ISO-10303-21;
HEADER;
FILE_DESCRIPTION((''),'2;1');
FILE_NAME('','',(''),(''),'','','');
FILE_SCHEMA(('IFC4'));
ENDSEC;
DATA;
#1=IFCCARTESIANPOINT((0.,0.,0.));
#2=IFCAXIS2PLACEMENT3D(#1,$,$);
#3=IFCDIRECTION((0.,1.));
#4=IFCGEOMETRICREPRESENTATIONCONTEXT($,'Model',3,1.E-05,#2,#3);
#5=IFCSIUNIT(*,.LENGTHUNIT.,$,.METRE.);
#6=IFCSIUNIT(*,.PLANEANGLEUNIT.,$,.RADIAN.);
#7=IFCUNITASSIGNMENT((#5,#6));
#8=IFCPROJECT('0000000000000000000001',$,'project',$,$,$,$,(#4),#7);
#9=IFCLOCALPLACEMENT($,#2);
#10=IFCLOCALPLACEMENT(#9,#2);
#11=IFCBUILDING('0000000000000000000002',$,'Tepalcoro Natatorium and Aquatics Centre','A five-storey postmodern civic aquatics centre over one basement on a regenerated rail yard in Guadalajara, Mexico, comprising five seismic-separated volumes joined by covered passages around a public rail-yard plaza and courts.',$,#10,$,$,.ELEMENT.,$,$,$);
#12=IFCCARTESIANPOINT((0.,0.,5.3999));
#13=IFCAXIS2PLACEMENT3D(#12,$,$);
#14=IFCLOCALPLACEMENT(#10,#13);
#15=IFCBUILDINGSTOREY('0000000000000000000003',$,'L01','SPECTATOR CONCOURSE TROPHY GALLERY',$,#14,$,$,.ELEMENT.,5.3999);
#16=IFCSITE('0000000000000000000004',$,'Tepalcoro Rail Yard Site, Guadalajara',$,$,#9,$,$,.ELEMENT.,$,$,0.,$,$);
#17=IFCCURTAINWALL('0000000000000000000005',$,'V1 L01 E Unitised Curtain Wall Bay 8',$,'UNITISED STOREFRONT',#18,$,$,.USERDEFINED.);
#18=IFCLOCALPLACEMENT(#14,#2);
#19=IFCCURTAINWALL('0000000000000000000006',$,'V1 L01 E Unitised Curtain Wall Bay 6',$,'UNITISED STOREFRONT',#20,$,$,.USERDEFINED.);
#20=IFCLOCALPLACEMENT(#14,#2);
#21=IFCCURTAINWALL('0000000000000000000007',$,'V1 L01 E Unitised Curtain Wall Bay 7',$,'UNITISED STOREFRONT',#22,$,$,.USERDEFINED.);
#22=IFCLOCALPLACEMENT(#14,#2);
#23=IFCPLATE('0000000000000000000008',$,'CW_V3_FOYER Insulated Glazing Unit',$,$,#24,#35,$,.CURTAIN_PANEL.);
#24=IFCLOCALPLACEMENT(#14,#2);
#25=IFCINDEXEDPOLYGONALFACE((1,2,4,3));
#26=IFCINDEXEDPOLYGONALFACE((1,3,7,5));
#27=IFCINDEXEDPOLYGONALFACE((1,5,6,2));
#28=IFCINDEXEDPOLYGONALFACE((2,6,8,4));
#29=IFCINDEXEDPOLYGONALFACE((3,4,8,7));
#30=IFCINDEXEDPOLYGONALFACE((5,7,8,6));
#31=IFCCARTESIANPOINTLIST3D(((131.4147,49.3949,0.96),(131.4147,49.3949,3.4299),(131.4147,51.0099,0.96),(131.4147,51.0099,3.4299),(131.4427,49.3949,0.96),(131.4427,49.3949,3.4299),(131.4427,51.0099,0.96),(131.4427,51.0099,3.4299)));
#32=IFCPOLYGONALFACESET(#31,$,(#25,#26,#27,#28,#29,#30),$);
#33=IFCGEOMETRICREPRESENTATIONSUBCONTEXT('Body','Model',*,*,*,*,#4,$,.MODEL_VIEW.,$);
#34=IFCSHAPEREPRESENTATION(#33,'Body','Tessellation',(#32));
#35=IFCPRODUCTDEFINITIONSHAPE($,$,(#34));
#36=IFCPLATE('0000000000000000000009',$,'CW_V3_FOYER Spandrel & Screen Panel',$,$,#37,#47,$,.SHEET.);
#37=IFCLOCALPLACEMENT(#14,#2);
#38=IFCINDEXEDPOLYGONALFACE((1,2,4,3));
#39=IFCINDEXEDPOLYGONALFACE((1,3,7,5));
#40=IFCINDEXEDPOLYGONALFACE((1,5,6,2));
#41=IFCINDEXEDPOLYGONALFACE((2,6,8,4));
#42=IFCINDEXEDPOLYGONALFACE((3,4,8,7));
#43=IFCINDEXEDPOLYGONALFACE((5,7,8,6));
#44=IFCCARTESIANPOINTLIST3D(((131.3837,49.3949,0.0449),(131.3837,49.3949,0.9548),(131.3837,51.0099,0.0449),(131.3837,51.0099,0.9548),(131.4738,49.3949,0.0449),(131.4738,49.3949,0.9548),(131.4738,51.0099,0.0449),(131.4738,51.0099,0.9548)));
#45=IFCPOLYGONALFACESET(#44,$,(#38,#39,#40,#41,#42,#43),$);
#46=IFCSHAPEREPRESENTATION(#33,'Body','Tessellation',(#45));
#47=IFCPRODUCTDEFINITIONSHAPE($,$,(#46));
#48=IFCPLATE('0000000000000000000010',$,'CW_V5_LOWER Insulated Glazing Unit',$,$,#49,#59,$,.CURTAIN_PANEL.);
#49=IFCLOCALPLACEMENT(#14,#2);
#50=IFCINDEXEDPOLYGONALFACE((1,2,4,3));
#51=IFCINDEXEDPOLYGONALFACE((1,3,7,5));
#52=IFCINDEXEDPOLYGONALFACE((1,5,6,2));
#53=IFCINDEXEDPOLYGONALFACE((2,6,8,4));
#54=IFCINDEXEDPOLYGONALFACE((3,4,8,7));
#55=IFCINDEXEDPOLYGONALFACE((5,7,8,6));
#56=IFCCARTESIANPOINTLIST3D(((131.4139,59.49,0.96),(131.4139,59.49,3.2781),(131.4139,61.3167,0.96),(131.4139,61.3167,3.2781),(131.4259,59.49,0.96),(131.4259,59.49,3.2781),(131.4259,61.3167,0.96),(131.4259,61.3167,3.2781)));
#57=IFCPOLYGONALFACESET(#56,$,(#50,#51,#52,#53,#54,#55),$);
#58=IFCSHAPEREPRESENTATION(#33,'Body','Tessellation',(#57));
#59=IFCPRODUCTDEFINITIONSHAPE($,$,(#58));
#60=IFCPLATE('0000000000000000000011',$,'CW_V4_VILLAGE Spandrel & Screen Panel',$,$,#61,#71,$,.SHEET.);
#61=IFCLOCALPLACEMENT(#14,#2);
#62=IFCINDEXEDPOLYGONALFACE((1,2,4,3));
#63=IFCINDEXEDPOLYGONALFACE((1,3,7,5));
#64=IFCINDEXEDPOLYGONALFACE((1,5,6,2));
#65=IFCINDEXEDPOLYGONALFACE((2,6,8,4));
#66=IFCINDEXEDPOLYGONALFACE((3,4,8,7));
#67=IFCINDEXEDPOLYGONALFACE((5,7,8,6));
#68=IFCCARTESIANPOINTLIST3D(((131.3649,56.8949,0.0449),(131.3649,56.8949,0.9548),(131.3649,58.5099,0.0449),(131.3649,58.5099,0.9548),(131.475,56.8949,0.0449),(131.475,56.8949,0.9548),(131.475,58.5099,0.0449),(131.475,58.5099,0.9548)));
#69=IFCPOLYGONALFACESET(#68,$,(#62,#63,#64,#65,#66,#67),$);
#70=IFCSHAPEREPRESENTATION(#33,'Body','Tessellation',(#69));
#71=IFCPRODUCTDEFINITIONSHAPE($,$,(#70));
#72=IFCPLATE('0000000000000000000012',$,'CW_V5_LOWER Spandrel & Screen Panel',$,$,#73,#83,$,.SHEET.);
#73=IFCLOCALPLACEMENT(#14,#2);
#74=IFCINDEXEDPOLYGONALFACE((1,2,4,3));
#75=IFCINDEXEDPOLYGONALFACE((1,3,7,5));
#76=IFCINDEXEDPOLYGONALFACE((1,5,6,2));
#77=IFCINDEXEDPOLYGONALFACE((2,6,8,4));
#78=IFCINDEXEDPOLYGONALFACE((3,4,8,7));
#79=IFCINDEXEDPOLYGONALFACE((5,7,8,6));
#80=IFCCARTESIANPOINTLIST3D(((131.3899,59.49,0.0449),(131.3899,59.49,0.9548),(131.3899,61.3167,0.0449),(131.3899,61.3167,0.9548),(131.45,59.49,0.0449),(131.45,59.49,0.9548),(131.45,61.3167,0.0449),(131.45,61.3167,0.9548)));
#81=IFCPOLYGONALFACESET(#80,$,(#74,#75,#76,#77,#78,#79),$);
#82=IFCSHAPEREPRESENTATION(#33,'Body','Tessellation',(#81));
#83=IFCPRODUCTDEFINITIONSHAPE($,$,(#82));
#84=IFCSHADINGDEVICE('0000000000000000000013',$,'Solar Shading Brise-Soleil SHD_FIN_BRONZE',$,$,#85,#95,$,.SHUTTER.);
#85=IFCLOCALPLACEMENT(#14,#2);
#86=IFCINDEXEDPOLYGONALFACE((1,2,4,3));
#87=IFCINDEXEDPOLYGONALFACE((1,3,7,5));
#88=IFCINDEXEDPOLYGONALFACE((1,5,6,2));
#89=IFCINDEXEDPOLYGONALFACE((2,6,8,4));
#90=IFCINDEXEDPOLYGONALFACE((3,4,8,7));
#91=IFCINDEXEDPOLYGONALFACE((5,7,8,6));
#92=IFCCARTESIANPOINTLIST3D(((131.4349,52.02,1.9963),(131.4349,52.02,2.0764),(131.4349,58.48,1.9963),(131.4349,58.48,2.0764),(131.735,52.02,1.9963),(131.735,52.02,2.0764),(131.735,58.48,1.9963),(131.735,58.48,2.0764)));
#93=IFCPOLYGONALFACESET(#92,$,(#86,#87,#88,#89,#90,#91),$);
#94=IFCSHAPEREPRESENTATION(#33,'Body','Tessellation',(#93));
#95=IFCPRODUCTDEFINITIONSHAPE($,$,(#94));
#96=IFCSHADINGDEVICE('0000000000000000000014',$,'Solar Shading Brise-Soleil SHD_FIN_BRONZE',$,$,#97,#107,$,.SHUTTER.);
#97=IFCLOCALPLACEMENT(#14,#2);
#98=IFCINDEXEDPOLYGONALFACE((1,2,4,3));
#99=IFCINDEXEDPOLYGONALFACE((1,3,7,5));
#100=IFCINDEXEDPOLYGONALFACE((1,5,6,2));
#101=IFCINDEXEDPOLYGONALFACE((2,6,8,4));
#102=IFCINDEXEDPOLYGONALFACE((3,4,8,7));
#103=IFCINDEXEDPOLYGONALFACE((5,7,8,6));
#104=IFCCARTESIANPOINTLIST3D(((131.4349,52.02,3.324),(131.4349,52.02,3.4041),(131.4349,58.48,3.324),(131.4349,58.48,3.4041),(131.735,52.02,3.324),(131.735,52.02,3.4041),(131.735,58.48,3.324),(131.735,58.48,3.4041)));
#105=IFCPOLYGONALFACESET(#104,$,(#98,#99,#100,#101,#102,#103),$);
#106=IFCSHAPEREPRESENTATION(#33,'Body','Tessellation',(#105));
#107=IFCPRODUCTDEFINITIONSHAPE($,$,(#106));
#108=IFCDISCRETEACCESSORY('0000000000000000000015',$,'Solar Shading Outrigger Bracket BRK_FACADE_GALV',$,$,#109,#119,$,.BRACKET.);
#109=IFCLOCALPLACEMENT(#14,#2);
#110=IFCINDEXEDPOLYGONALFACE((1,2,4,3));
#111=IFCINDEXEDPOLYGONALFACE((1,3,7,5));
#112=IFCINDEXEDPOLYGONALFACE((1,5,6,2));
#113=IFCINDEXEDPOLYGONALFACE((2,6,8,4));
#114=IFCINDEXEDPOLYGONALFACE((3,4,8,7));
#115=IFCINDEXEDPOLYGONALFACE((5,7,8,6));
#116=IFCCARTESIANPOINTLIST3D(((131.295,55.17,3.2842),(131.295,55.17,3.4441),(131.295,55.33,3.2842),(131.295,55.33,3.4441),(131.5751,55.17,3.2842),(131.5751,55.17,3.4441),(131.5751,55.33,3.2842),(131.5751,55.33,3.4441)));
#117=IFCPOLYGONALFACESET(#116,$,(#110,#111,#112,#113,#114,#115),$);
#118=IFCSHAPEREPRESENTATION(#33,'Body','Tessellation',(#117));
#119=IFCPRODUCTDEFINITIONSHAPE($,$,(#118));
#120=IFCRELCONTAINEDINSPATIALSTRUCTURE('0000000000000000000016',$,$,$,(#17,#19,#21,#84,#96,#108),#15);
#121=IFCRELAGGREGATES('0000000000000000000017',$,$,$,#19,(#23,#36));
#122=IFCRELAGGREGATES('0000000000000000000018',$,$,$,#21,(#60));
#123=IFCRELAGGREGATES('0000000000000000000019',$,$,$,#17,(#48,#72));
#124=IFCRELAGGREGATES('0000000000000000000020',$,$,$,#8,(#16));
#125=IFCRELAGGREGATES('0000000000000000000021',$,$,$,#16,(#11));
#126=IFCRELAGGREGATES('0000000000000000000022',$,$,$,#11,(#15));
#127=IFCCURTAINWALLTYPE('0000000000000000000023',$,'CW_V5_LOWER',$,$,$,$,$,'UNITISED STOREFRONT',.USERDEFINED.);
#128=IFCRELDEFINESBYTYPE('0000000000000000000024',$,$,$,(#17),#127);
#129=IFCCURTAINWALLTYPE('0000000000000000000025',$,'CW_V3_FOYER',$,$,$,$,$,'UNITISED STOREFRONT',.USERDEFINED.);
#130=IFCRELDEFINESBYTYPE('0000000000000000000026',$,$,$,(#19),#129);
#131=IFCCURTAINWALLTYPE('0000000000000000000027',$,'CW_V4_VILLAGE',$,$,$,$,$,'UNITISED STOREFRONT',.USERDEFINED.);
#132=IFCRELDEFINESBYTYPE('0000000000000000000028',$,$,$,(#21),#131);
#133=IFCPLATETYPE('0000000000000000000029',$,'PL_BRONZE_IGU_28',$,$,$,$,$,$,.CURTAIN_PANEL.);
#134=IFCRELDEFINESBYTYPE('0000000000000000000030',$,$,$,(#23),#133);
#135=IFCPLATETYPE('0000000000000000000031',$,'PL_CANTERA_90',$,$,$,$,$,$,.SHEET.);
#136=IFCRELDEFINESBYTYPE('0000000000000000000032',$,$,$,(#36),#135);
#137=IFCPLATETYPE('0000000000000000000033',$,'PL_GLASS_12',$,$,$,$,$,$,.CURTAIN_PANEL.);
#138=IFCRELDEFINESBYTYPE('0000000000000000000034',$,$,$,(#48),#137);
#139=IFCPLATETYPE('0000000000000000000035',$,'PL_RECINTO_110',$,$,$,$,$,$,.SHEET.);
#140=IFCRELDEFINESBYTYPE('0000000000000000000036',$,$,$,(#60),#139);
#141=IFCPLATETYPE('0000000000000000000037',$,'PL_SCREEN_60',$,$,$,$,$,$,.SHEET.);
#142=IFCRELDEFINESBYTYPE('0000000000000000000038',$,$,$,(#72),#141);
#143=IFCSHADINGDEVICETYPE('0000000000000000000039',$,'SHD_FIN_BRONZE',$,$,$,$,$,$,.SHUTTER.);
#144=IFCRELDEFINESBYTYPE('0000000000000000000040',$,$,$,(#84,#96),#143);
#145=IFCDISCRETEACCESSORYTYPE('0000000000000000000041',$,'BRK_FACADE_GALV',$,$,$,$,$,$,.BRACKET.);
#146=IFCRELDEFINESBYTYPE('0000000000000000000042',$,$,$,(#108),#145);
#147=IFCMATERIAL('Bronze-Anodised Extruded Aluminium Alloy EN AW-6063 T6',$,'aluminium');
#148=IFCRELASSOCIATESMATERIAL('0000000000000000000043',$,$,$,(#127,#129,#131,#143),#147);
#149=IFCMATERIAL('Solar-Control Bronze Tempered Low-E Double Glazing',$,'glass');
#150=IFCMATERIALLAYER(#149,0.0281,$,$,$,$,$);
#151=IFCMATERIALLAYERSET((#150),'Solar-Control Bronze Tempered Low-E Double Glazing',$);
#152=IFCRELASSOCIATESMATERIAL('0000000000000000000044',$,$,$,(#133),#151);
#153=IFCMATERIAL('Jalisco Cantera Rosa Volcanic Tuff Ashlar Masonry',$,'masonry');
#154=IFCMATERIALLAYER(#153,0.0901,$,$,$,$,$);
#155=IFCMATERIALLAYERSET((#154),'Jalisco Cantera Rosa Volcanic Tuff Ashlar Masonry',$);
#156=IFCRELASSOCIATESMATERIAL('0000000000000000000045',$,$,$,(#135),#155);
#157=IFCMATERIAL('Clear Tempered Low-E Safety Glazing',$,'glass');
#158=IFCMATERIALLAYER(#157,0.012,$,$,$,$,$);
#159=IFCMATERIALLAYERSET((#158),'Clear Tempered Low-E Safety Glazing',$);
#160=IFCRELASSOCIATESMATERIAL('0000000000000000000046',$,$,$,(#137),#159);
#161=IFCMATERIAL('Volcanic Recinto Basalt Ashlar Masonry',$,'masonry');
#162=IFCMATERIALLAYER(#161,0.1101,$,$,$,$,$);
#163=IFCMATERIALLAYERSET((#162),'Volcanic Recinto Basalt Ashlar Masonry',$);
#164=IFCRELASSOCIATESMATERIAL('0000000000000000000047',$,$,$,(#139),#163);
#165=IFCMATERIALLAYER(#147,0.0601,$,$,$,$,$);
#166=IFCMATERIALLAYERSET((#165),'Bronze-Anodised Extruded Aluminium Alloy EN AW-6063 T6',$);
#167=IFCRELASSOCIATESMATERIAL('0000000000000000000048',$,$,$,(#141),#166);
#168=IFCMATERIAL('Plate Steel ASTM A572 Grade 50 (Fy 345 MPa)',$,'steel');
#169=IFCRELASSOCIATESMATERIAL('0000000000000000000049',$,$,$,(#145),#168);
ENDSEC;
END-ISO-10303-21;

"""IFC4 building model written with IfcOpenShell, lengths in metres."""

from ifc_helpers import new_model, si_unit, direction, frame, origin, origin_2d, place, context, subcontext, project, spatial, rectangle, extrude, material, layer, layer_set, type_object, element, aggregate, save


model = new_model("IFC4")

# Units and contexts
model_context = context("Model", 3, precision=1e-05, world=origin(), true_north=direction((0.0, 1.0)))
body_context = subcontext(model_context, "Body", "Model", "MODEL_VIEW")
ifc_project = project(units=[si_unit("LENGTHUNIT", "METRE"), si_unit("PLANEANGLEUNIT", "RADIAN")], contexts=[model_context])

# Site, building, storey
site_placement = place(None, origin())
site = spatial("IfcSite", under=ifc_project, at=site_placement, Name="Tepalcoro Rail Yard Site, Guadalajara", CompositionType="ELEMENT", RefElevation=0.0)
building_placement = place(site_placement, origin())
building = spatial("IfcBuilding", under=site, at=building_placement, Name="Tepalcoro Natatorium and Aquatics Centre", Description="A five-storey postmodern civic aquatics centre over one basement on a regenerated rail yard in Guadalajara, Mexico, comprising five seismic-separated volumes joined by covered passages around a public rail-yard plaza and courts.", CompositionType="ELEMENT")
storey_placement = place(building_placement, frame((0.0, 0.0, 5.3999)))
storey = spatial("IfcBuildingStorey", under=building, at=storey_placement, Name="L01", Description="SPECTATOR CONCOURSE TROPHY GALLERY", CompositionType="ELEMENT", Elevation=5.3999)

# Curtain walls
ifc_material_1 = material(Name="Bronze-Anodised Extruded Aluminium Alloy EN AW-6063 T6", Category="aluminium")
curtain_wall_type_1 = type_object("IfcCurtainWallType", Name="CW_V5_LOWER", ElementType="UNITISED STOREFRONT", PredefinedType="USERDEFINED", material=ifc_material_1)
curtain_wall_1_placement = place(storey_placement, origin())
curtain_wall_1 = element("IfcCurtainWall", 1, at=curtain_wall_1_placement, inside=storey, type_object=curtain_wall_type_1, Name="V1 L01 E Unitised Curtain Wall Bay 8", ObjectType="UNITISED STOREFRONT", PredefinedType="USERDEFINED")
curtain_wall_type_2 = type_object("IfcCurtainWallType", Name="CW_V3_FOYER", ElementType="UNITISED STOREFRONT", PredefinedType="USERDEFINED", material=ifc_material_1)
curtain_wall_2_placement = place(storey_placement, origin())
curtain_wall_2 = element("IfcCurtainWall", 2, at=curtain_wall_2_placement, inside=storey, type_object=curtain_wall_type_2, Name="V1 L01 E Unitised Curtain Wall Bay 6", ObjectType="UNITISED STOREFRONT", PredefinedType="USERDEFINED")

# Curtain wall
curtain_wall_type_3 = type_object("IfcCurtainWallType", Name="CW_V4_VILLAGE", ElementType="UNITISED STOREFRONT", PredefinedType="USERDEFINED", material=ifc_material_1)
curtain_wall_3_placement = place(storey_placement, origin())
curtain_wall_3 = element("IfcCurtainWall", 3, at=curtain_wall_3_placement, inside=storey, type_object=curtain_wall_type_3, Name="V1 L01 E Unitised Curtain Wall Bay 7", ObjectType="UNITISED STOREFRONT", PredefinedType="USERDEFINED")

# Plates
ifc_material_2 = material(Name="Solar-Control Bronze Tempered Low-E Double Glazing", Category="glass")
ifc_layer_1 = layer(ifc_material_2, 0.0281)
ifc_layer_set_1 = layer_set([ifc_layer_1], Name="Solar-Control Bronze Tempered Low-E Double Glazing")
plate_type_1 = type_object("IfcPlateType", Name="PL_BRONZE_IGU_28", PredefinedType="CURTAIN_PANEL", material=ifc_layer_set_1)
plate_1_placement = place(storey_placement, frame((131.4287, 50.2024, 0.96), z_axis=(0.0, 0.0, 1.0), x_axis=(1.0, 0.0, 0.0)))
plate_1 = element("IfcPlate", 4, at=plate_1_placement, type_object=plate_type_1, Name="CW_V3_FOYER Insulated Glazing Unit", PredefinedType="CURTAIN_PANEL", context=body_context, shape_type="SweptSolid", body=[
    extrude(rectangle(XDim=0.0281, YDim=1.615, at=origin_2d()), origin(), (0.0, 0.0, 1.0), 2.47),
])
ifc_material_3 = material(Name="Jalisco Cantera Rosa Volcanic Tuff Ashlar Masonry", Category="masonry")
ifc_layer_2 = layer(ifc_material_3, 0.0901)
ifc_layer_set_2 = layer_set([ifc_layer_2], Name="Jalisco Cantera Rosa Volcanic Tuff Ashlar Masonry")
plate_type_2 = type_object("IfcPlateType", Name="PL_CANTERA_90", PredefinedType="SHEET", material=ifc_layer_set_2)
plate_2_placement = place(storey_placement, frame((131.4287, 50.2024, 0.0449), z_axis=(0.0, 0.0, 1.0), x_axis=(1.0, 0.0, 0.0)))
plate_2 = element("IfcPlate", 5, at=plate_2_placement, type_object=plate_type_2, Name="CW_V3_FOYER Spandrel & Screen Panel", PredefinedType="SHEET", context=body_context, shape_type="SweptSolid", body=[
    extrude(rectangle(XDim=0.0901, YDim=1.615, at=origin_2d()), origin(), (0.0, 0.0, 1.0), 0.9099),
])
aggregate(curtain_wall_2, [plate_1, plate_2])
ifc_material_4 = material(Name="Clear Tempered Low-E Safety Glazing", Category="glass")
ifc_layer_3 = layer(ifc_material_4, 0.012)
ifc_layer_set_3 = layer_set([ifc_layer_3], Name="Clear Tempered Low-E Safety Glazing")
plate_type_3 = type_object("IfcPlateType", Name="PL_GLASS_12", PredefinedType="CURTAIN_PANEL", material=ifc_layer_set_3)
plate_3_placement = place(storey_placement, frame((131.4199, 60.4033, 0.96), z_axis=(0.0, 0.0, 1.0), x_axis=(1.0, 0.0, 0.0)))
plate_3 = element("IfcPlate", 6, at=plate_3_placement, type_object=plate_type_3, Name="CW_V5_LOWER Insulated Glazing Unit", PredefinedType="CURTAIN_PANEL", context=body_context, shape_type="SweptSolid", body=[
    extrude(rectangle(XDim=0.012, YDim=1.8267, at=origin_2d()), origin(), (0.0, 0.0, 1.0), 2.3181),
])
ifc_material_5 = material(Name="Volcanic Recinto Basalt Ashlar Masonry", Category="masonry")
ifc_layer_4 = layer(ifc_material_5, 0.1101)
ifc_layer_set_4 = layer_set([ifc_layer_4], Name="Volcanic Recinto Basalt Ashlar Masonry")
plate_type_4 = type_object("IfcPlateType", Name="PL_RECINTO_110", PredefinedType="SHEET", material=ifc_layer_set_4)
plate_4_placement = place(storey_placement, frame((131.4199, 57.7024, 0.0449), z_axis=(0.0, 0.0, 1.0), x_axis=(1.0, 0.0, 0.0)))
plate_4 = element("IfcPlate", 7, at=plate_4_placement, type_object=plate_type_4, Name="CW_V4_VILLAGE Spandrel & Screen Panel", PredefinedType="SHEET", context=body_context, shape_type="SweptSolid", body=[
    extrude(rectangle(XDim=0.1101, YDim=1.615, at=origin_2d()), origin(), (0.0, 0.0, 1.0), 0.9099),
])
aggregate(curtain_wall_3, [plate_4])
ifc_layer_5 = layer(ifc_material_1, 0.0601)
ifc_layer_set_5 = layer_set([ifc_layer_5], Name="Bronze-Anodised Extruded Aluminium Alloy EN AW-6063 T6")
plate_type_5 = type_object("IfcPlateType", Name="PL_SCREEN_60", PredefinedType="SHEET", material=ifc_layer_set_5)
plate_5_placement = place(storey_placement, frame((131.4199, 60.4033, 0.0449), z_axis=(0.0, 0.0, 1.0), x_axis=(1.0, 0.0, 0.0)))
plate_5 = element("IfcPlate", 8, at=plate_5_placement, type_object=plate_type_5, Name="CW_V5_LOWER Spandrel & Screen Panel", PredefinedType="SHEET", context=body_context, shape_type="SweptSolid", body=[
    extrude(rectangle(XDim=0.0601, YDim=1.8267, at=origin_2d()), origin(), (0.0, 0.0, 1.0), 0.9099),
])
aggregate(curtain_wall_1, [plate_3, plate_5])

# Shading devices
shading_device_type = type_object("IfcShadingDeviceType", Name="SHD_FIN_BRONZE", PredefinedType="SHUTTER", material=ifc_material_1)
for number, where, z_axis, x_axis, name in (
    (9, (131.585, 55.25, 1.9963), (0.0, 0.0, 1.0), (1.0, 0.0, 0.0), "Solar Shading Brise-Soleil SHD_FIN_BRONZE"),
    (10, (131.585, 55.25, 3.324), (0.0, 0.0, 1.0), (1.0, 0.0, 0.0), "Solar Shading Brise-Soleil SHD_FIN_BRONZE"),
):
    element("IfcShadingDevice", number, at=place(storey_placement, frame(where, z_axis=z_axis, x_axis=x_axis)), inside=storey, type_object=shading_device_type, Name=name, PredefinedType="SHUTTER", context=body_context, shape_type="SweptSolid", body=[
        extrude(rectangle(XDim=0.3, YDim=6.46, at=origin_2d()), origin(), (0.0, 0.0, 1.0), 0.0801),
    ])

# Discrete accessory
ifc_material_6 = material(Name="Plate Steel ASTM A572 Grade 50 (Fy 345 MPa)", Category="steel")
discrete_accessory_type = type_object("IfcDiscreteAccessoryType", Name="BRK_FACADE_GALV", PredefinedType="BRACKET", material=ifc_material_6)
discrete_accessory_placement = place(storey_placement, frame((131.4351, 55.25, 3.2842), z_axis=(0.0, 0.0, 1.0), x_axis=(1.0, 0.0, 0.0)))
element("IfcDiscreteAccessory", 11, at=discrete_accessory_placement, inside=storey, type_object=discrete_accessory_type, Name="Solar Shading Outrigger Bracket BRK_FACADE_GALV", PredefinedType="BRACKET", context=body_context, shape_type="SweptSolid", body=[
    extrude(rectangle(XDim=0.28, YDim=0.1599, at=origin_2d()), origin(), (0.0, 0.0, 1.0), 0.1599),
])

save(model, "model.ifc")
